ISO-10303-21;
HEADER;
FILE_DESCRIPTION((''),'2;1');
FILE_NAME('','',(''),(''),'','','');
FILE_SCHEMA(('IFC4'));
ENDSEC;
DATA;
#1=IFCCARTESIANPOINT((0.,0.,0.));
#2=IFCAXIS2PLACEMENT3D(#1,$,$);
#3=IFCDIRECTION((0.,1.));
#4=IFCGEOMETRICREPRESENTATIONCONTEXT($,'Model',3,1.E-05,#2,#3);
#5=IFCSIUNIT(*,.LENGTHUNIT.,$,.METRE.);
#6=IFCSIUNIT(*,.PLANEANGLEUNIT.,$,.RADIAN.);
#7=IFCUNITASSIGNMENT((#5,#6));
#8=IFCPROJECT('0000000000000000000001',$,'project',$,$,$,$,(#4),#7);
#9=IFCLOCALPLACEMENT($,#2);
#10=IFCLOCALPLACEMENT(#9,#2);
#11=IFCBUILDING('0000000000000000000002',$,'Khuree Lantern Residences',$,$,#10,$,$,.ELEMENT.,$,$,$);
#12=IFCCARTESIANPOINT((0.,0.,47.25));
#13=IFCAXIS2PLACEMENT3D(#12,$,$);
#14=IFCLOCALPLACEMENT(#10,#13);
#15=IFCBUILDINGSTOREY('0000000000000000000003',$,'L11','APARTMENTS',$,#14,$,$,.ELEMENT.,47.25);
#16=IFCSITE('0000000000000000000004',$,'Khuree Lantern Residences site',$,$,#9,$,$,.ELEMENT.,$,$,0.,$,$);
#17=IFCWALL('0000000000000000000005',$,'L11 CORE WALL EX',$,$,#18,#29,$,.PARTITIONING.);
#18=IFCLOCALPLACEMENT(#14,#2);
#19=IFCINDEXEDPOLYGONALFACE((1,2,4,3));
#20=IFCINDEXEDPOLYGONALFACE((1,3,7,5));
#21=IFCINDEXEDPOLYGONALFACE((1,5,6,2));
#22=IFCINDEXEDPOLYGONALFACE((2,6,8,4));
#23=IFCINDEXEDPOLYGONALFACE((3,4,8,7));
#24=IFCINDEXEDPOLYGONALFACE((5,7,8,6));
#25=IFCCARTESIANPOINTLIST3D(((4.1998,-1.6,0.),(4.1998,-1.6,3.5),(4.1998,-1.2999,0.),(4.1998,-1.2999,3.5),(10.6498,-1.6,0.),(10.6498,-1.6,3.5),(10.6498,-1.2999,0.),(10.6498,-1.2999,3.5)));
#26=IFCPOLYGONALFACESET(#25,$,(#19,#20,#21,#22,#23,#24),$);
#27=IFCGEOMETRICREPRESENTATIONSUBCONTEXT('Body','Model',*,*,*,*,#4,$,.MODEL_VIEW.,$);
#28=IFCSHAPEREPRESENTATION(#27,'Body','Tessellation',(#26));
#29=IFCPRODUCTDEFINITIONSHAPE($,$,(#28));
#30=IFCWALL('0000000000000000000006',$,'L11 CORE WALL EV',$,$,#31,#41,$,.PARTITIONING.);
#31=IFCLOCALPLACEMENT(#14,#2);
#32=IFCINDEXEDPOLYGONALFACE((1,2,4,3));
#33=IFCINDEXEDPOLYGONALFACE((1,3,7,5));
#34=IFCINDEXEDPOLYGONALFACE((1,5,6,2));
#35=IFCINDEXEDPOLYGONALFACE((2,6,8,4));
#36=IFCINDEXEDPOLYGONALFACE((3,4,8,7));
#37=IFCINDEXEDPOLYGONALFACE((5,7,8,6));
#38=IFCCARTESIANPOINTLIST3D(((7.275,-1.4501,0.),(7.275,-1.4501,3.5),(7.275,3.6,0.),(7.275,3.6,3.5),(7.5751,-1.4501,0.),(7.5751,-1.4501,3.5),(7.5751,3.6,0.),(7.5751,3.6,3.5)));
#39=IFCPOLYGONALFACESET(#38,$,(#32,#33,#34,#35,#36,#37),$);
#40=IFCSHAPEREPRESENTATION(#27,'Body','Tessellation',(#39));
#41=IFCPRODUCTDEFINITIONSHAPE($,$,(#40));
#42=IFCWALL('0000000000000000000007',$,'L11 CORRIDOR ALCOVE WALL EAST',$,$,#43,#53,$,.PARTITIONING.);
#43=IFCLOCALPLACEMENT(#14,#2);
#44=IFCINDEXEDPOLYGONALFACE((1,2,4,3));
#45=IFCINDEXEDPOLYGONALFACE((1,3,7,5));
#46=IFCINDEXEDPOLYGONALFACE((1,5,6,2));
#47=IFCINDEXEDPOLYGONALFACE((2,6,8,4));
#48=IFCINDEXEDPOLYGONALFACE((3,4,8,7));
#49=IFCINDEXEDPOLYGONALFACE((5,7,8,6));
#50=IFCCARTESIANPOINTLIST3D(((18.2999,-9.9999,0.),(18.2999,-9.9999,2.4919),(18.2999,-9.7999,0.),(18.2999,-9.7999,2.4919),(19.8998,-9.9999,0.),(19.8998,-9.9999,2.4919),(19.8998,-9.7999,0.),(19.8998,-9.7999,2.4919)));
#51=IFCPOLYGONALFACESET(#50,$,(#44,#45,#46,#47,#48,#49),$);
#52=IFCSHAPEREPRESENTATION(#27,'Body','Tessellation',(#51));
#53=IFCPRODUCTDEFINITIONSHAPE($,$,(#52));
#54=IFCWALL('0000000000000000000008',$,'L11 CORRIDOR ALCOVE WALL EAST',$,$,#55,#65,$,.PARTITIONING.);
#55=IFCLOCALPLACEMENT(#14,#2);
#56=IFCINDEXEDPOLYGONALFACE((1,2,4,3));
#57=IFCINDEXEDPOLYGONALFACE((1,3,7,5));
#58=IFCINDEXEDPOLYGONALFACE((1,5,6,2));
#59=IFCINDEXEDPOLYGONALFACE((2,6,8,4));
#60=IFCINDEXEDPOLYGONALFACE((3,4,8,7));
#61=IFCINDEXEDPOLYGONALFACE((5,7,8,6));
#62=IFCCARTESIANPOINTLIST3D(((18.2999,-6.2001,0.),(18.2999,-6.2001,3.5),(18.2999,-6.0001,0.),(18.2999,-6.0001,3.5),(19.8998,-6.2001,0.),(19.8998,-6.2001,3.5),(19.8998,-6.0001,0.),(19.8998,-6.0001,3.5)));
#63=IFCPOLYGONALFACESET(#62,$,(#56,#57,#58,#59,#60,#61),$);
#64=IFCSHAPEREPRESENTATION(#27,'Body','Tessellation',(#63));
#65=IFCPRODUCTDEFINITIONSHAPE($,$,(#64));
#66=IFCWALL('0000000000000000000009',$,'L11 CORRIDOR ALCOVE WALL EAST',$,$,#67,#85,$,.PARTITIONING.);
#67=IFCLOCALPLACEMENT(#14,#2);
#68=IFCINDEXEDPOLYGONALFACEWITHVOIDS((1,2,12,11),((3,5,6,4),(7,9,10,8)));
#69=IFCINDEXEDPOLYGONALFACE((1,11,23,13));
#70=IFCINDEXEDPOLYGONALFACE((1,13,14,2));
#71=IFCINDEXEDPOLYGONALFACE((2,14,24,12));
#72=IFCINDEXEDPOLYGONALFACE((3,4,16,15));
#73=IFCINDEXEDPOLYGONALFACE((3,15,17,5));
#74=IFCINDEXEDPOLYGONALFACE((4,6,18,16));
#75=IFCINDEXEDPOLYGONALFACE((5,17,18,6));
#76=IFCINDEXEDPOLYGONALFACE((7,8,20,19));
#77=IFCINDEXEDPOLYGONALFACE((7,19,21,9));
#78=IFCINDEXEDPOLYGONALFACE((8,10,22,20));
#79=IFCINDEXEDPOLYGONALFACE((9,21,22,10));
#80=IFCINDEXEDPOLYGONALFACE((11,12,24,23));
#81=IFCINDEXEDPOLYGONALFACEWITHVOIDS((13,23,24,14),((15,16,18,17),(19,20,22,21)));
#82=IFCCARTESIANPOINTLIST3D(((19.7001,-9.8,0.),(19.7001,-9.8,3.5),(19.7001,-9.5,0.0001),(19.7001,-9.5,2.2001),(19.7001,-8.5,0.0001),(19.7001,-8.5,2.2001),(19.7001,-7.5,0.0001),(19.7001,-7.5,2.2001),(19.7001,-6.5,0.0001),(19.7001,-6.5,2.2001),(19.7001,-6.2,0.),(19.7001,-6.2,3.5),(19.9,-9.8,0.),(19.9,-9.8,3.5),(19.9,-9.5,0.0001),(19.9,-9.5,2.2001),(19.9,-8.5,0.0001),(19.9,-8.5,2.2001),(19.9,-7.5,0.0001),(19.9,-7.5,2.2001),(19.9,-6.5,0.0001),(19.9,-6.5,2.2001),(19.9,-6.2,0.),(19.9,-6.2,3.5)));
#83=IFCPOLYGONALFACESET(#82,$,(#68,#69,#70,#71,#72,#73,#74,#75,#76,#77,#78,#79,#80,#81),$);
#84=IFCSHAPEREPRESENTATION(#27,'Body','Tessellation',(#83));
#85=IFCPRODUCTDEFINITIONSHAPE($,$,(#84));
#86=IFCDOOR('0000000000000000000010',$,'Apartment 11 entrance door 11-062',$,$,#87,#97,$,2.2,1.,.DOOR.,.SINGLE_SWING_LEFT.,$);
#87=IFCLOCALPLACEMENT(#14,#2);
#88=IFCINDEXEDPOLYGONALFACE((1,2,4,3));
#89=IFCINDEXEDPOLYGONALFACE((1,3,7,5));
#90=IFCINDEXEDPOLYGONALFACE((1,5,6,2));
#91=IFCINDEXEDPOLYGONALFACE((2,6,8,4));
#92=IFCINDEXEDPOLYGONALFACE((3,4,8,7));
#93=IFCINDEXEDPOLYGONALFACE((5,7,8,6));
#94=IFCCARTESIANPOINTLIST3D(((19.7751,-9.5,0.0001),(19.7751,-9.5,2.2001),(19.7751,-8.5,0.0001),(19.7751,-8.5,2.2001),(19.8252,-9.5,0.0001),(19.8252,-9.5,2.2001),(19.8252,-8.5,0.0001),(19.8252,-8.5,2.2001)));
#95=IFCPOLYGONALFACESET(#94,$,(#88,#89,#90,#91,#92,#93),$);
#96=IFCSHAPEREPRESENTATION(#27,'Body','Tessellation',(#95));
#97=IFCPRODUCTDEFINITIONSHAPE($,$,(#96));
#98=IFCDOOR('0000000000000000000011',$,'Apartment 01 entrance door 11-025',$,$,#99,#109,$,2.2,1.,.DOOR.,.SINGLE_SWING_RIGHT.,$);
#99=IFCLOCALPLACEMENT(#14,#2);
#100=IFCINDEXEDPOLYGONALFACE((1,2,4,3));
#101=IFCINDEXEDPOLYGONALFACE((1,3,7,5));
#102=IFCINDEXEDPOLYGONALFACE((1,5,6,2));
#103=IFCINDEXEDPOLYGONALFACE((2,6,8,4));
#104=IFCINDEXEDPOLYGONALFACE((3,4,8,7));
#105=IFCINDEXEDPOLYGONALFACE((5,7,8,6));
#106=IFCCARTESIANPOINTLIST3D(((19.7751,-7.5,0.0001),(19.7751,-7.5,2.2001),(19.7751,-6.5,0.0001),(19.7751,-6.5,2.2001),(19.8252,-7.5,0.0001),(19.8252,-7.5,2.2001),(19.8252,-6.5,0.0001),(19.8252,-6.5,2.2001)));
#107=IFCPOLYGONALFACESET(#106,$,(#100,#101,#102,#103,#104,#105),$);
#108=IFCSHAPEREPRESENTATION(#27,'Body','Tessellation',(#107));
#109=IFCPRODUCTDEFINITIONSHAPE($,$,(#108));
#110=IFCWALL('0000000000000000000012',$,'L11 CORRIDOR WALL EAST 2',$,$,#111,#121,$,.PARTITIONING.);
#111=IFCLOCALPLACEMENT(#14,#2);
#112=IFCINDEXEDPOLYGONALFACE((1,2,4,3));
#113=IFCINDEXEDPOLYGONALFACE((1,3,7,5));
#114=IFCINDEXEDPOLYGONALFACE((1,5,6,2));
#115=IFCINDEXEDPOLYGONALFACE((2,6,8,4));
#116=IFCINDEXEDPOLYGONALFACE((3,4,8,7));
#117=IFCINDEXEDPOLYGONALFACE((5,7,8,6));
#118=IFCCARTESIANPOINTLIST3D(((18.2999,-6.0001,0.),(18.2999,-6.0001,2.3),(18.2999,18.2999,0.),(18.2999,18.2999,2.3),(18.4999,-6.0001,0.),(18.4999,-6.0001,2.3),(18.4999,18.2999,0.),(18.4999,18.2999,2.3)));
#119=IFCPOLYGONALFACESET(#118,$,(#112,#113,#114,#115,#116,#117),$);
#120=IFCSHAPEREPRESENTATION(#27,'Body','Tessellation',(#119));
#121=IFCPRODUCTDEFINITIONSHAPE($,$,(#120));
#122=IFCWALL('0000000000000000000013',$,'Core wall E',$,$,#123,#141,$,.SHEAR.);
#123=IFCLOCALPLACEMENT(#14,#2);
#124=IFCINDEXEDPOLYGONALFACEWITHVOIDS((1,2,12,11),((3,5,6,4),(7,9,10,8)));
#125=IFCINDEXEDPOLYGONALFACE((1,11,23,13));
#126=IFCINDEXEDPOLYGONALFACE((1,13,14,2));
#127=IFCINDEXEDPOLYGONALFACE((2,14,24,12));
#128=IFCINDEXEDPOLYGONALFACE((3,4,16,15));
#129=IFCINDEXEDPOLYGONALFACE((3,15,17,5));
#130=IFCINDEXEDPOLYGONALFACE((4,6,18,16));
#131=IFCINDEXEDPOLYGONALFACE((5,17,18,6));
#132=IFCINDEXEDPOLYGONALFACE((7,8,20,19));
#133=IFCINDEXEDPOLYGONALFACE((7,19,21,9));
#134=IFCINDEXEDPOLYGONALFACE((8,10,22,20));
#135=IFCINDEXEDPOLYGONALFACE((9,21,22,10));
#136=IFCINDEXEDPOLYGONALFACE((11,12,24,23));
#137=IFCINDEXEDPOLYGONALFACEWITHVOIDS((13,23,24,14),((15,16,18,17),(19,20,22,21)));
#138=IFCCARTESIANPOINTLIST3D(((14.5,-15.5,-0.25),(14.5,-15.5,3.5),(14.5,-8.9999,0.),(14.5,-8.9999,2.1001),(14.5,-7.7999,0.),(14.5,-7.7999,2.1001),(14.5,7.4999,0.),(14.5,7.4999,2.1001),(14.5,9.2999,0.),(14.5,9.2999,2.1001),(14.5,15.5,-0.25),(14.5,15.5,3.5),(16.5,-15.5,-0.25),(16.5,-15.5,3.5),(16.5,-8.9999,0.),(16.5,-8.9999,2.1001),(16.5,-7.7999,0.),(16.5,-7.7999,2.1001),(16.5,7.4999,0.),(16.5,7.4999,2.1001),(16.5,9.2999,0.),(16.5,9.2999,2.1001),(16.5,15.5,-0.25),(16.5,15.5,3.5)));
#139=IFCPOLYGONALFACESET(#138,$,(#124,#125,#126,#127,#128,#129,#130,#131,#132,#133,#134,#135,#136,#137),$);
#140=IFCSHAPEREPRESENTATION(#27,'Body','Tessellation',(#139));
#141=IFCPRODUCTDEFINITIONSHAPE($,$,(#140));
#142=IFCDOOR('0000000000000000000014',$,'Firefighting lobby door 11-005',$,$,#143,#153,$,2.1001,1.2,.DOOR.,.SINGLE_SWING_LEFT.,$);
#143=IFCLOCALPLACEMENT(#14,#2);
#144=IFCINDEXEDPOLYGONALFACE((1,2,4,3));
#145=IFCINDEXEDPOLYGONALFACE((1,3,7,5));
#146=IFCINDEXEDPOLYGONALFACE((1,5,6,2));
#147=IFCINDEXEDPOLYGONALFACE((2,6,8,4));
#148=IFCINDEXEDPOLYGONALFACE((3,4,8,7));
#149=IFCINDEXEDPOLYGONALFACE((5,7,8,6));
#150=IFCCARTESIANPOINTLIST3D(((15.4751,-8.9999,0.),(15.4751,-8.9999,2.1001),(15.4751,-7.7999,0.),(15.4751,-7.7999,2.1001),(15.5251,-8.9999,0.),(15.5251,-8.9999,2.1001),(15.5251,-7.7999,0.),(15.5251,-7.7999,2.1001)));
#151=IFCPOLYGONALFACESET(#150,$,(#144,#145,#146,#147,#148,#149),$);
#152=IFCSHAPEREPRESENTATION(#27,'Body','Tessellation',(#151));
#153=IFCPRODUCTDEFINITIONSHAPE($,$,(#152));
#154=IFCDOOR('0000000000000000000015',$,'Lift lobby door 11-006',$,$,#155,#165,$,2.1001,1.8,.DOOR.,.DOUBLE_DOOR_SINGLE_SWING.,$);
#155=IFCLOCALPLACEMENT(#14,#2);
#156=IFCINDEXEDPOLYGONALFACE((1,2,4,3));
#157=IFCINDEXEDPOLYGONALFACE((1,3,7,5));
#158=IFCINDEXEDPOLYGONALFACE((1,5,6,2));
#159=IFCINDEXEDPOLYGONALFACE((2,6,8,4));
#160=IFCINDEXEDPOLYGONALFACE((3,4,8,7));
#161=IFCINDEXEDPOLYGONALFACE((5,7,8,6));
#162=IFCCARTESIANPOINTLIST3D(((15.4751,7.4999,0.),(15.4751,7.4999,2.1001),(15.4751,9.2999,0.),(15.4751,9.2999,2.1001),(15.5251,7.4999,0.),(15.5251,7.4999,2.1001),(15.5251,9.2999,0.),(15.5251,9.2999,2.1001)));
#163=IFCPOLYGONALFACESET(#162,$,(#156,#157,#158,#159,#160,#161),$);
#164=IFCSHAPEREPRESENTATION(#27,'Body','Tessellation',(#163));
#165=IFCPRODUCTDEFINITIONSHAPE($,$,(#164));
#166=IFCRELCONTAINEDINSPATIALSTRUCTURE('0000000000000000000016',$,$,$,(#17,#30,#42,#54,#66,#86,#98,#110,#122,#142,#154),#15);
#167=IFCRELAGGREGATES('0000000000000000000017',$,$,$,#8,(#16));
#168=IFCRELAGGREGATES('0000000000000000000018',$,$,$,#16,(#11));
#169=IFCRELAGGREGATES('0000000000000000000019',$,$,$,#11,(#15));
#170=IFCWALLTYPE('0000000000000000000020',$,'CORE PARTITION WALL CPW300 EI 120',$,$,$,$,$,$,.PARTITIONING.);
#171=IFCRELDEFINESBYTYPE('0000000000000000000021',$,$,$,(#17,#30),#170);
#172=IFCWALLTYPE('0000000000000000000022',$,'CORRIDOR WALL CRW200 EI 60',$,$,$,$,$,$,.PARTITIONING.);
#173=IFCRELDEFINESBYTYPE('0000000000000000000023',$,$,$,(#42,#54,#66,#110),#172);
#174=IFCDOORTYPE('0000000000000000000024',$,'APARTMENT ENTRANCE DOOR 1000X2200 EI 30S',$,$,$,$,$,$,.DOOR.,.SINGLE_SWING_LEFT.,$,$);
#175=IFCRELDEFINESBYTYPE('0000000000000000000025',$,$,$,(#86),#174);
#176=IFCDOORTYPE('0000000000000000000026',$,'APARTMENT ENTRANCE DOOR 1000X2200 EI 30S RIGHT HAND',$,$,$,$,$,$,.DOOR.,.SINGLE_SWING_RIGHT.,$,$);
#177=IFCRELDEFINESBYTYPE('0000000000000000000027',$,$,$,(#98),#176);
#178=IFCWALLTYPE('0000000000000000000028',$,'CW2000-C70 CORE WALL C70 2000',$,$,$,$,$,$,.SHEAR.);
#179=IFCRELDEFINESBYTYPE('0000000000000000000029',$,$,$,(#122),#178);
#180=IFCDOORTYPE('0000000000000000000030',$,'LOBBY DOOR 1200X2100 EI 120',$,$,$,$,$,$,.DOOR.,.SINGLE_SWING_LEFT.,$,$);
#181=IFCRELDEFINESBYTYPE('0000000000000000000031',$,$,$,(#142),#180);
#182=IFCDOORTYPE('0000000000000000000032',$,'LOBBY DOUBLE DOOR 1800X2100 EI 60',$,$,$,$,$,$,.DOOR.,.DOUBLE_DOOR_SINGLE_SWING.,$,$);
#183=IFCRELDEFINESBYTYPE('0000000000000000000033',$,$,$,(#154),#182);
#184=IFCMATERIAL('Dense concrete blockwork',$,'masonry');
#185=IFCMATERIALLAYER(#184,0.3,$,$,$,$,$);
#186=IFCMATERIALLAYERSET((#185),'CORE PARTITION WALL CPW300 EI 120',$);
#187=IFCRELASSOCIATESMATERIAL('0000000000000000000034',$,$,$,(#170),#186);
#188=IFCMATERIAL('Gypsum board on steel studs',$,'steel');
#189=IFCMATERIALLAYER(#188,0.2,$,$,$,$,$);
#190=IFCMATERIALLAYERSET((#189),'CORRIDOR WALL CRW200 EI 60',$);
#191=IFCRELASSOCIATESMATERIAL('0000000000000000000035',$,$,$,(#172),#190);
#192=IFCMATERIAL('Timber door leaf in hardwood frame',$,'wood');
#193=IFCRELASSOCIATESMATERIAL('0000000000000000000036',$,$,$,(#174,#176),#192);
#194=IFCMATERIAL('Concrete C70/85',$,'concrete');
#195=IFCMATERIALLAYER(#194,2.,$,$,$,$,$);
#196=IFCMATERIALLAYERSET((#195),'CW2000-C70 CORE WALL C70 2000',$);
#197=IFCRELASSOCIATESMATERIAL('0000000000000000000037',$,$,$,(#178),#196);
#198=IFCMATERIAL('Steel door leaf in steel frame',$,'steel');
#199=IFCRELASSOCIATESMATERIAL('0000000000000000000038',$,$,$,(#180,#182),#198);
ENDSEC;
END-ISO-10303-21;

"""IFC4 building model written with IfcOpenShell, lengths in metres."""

from ifc_helpers import new_model, si_unit, direction, frame, frame_2d, origin, place, context, subcontext, project, spatial, rectangle, extrude, material, layer, layer_set, type_object, element, fill, save


model = new_model("IFC4")

# Units and contexts
model_context = context("Model", 3, precision=1e-05, world=origin(), true_north=direction((0.0, 1.0)))
body_context = subcontext(model_context, "Body", "Model", "MODEL_VIEW")
ifc_project = project(units=[si_unit("LENGTHUNIT", "METRE"), si_unit("PLANEANGLEUNIT", "RADIAN")], contexts=[model_context])

# Site, building, storey
site_placement = place(None, origin())
site = spatial("IfcSite", under=ifc_project, at=site_placement, Name="Khuree Lantern Residences site", CompositionType="ELEMENT", RefElevation=0.0)
building_placement = place(site_placement, origin())
building = spatial("IfcBuilding", under=site, at=building_placement, Name="Khuree Lantern Residences", CompositionType="ELEMENT")
storey_placement = place(building_placement, frame((0.0, 0.0, 47.25)))
storey = spatial("IfcBuildingStorey", under=building, at=storey_placement, Name="L11", Description="APARTMENTS", CompositionType="ELEMENT", Elevation=47.25)

# Shared definitions
ifc_material_1 = material(Name="Dense concrete blockwork", Category="masonry")
ifc_layer_1 = layer(ifc_material_1, 0.3)
ifc_layer_set_1 = layer_set([ifc_layer_1], Name="CORE PARTITION WALL CPW300 EI 120")
wall_type_1 = type_object("IfcWallType", Name="CORE PARTITION WALL CPW300 EI 120", PredefinedType="PARTITIONING", material=ifc_layer_set_1)

# Shared definitions
ifc_material_2 = material(Name="Timber door leaf in hardwood frame", Category="wood")

# Walls
wall_1_placement = place(storey_placement, frame((10.6499, -1.45, 0.0), z_axis=(0.0, 0.0, 1.0), x_axis=(-1.0, 0.0, 0.0)))
element("IfcWall", 1, at=wall_1_placement, inside=storey, type_object=wall_type_1, Name="L11 CORE WALL EX", PredefinedType="PARTITIONING", context=body_context, shape_type="SweptSolid", body=[
    extrude(rectangle(XDim=6.45, YDim=0.3, at=frame_2d((3.2251, 0.0))), origin(), (0.0, 0.0, 1.0), 3.5),
])
wall_2_placement = place(storey_placement, frame((7.425, -1.45, 0.0), z_axis=(0.0, 0.0, 1.0), x_axis=(0.0, 1.0, 0.0)))
element("IfcWall", 2, at=wall_2_placement, inside=storey, type_object=wall_type_1, Name="L11 CORE WALL EV", PredefinedType="PARTITIONING", context=body_context, shape_type="SweptSolid", body=[
    extrude(rectangle(XDim=5.05, YDim=0.3, at=frame_2d((2.5249, 0.0))), origin(), (0.0, 0.0, 1.0), 3.5),
])
ifc_material_3 = material(Name="Gypsum board on steel studs", Category="steel")
ifc_layer_2 = layer(ifc_material_3, 0.2)
ifc_layer_set_2 = layer_set([ifc_layer_2], Name="CORRIDOR WALL CRW200 EI 60")
wall_type_2 = type_object("IfcWallType", Name="CORRIDOR WALL CRW200 EI 60", PredefinedType="PARTITIONING", material=ifc_layer_set_2)
wall_3_placement = place(storey_placement, frame((18.3, -9.8999, 0.0), z_axis=(0.0, 0.0, 1.0), x_axis=(1.0, 0.0, 0.0)))
element("IfcWall", 3, at=wall_3_placement, inside=storey, type_object=wall_type_2, Name="L11 CORRIDOR ALCOVE WALL EAST", PredefinedType="PARTITIONING", context=body_context, shape_type="SweptSolid", body=[
    extrude(rectangle(XDim=1.5999, YDim=0.2, at=frame_2d((0.7998, 0.0))), origin(), (0.0, 0.0, 1.0), 2.4919),
])
wall_4_placement = place(storey_placement, frame((18.3, -6.1001, 0.0), z_axis=(0.0, 0.0, 1.0), x_axis=(1.0, 0.0, 0.0)))
element("IfcWall", 4, at=wall_4_placement, inside=storey, type_object=wall_type_2, Name="L11 CORRIDOR ALCOVE WALL EAST", PredefinedType="PARTITIONING", context=body_context, shape_type="SweptSolid", body=[
    extrude(rectangle(XDim=1.5999, YDim=0.2, at=frame_2d((0.7998, 0.0))), origin(), (0.0, 0.0, 1.0), 3.5),
])

# Wall, openings, doors
wall_5_placement = place(storey_placement, frame((19.8, -9.8, 0.0), z_axis=(0.0, 0.0, 1.0), x_axis=(0.0, 1.0, 0.0)))
wall_5 = element("IfcWall", 5, at=wall_5_placement, inside=storey, type_object=wall_type_2, Name="L11 CORRIDOR ALCOVE WALL EAST", PredefinedType="PARTITIONING", context=body_context, shape_type="SweptSolid", body=[
    extrude(rectangle(XDim=3.6001, YDim=0.2, at=frame_2d((1.8, 0.0))), origin(), (0.0, 0.0, 1.0), 3.5),
])
opening_1_placement = place(wall_5_placement, frame((2.3, 0.0, 0.0)))
opening_1 = element("IfcOpeningElement", 6, at=opening_1_placement, cuts=wall_5, PredefinedType="OPENING", context=body_context, shape_type="SweptSolid", body=[
    extrude(rectangle(XDim=1.0, YDim=2.2, at=frame_2d((0.5, 1.1001))), frame((0.0, 0.1099, 0.0), z_axis=(0.0, -1.0, 0.0), x_axis=(1.0, 0.0, 0.0)), (0.0, 0.0, 1.0), 0.22),
])
opening_2_placement = place(wall_5_placement, frame((0.3, 0.0, 0.0)))
opening_2 = element("IfcOpeningElement", 7, at=opening_2_placement, cuts=wall_5, PredefinedType="OPENING", context=body_context, shape_type="SweptSolid", body=[
    extrude(rectangle(XDim=1.0, YDim=2.2, at=frame_2d((0.5, 1.1001))), frame((0.0, 0.1099, 0.0), z_axis=(0.0, -1.0, 0.0), x_axis=(1.0, 0.0, 0.0)), (0.0, 0.0, 1.0), 0.22),
])
door_type_1 = type_object("IfcDoorType", Name="APARTMENT ENTRANCE DOOR 1000X2200 EI 30S", OperationType="SINGLE_SWING_LEFT", PredefinedType="DOOR", material=ifc_material_2)
door_1_placement = place(opening_2_placement, origin())
door_1 = element("IfcDoor", 8, at=door_1_placement, inside=storey, type_object=door_type_1, Name="Apartment 11 entrance door 11-062", OperationType="SINGLE_SWING_LEFT", OverallHeight=2.2, OverallWidth=1.0, PredefinedType="DOOR", context=body_context, shape_type="SweptSolid", body=[
    extrude(rectangle(XDim=1.0, YDim=2.2, at=frame_2d((0.5, 1.1001))), frame((0.0, 0.0249, 0.0), z_axis=(0.0, -1.0, 0.0), x_axis=(1.0, 0.0, 0.0)), (0.0, 0.0, 1.0), 0.05),
])
fill(opening_2, door_1)
door_type_2 = type_object("IfcDoorType", Name="APARTMENT ENTRANCE DOOR 1000X2200 EI 30S RIGHT HAND", OperationType="SINGLE_SWING_RIGHT", PredefinedType="DOOR", material=ifc_material_2)
door_2_placement = place(opening_1_placement, origin())
door_2 = element("IfcDoor", 9, at=door_2_placement, inside=storey, type_object=door_type_2, Name="Apartment 01 entrance door 11-025", OperationType="SINGLE_SWING_RIGHT", OverallHeight=2.2, OverallWidth=1.0, PredefinedType="DOOR", context=body_context, shape_type="SweptSolid", body=[
    extrude(rectangle(XDim=1.0, YDim=2.2, at=frame_2d((0.5, 1.1001))), frame((0.0, 0.0249, 0.0), z_axis=(0.0, -1.0, 0.0), x_axis=(1.0, 0.0, 0.0)), (0.0, 0.0, 1.0), 0.05),
])
fill(opening_1, door_2)

# Wall
wall_6_placement = place(storey_placement, frame((18.3999, -6.0, 0.0), z_axis=(0.0, 0.0, 1.0), x_axis=(0.0, 1.0, 0.0)))
element("IfcWall", 10, at=wall_6_placement, inside=storey, type_object=wall_type_2, Name="L11 CORRIDOR WALL EAST 2", PredefinedType="PARTITIONING", context=body_context, shape_type="SweptSolid", body=[
    extrude(rectangle(XDim=24.3, YDim=0.2, at=frame_2d((12.1499, 0.0))), origin(), (0.0, 0.0, 1.0), 2.3),
])

# Wall, openings, doors
ifc_material_4 = material(Name="Concrete C70/85", Category="concrete")
ifc_layer_3 = layer(ifc_material_4, 2.0)
ifc_layer_set_3 = layer_set([ifc_layer_3], Name="CW2000-C70 CORE WALL C70 2000")
wall_type_3 = type_object("IfcWallType", Name="CW2000-C70 CORE WALL C70 2000", PredefinedType="SHEAR", material=ifc_layer_set_3)
wall_7_placement = place(storey_placement, frame((15.5, -15.5, -0.25), z_axis=(0.0, 0.0, 1.0), x_axis=(0.0, 1.0, 0.0)))
wall_7 = element("IfcWall", 11, at=wall_7_placement, inside=storey, type_object=wall_type_3, Name="Core wall E", PredefinedType="SHEAR", context=body_context, shape_type="SweptSolid", body=[
    extrude(rectangle(XDim=31.0, YDim=2.0, at=frame_2d((15.5, 0.0))), origin(), (0.0, 0.0, 1.0), 3.75),
])
opening_3_placement = place(wall_7_placement, frame((6.5, 0.0, 0.25)))
opening_3 = element("IfcOpeningElement", 12, at=opening_3_placement, cuts=wall_7, PredefinedType="OPENING", context=body_context, shape_type="SweptSolid", body=[
    extrude(rectangle(XDim=1.2, YDim=2.1001, at=frame_2d((0.6001, 1.05))), frame((0.0, 1.01, 0.0), z_axis=(0.0, -1.0, 0.0), x_axis=(1.0, 0.0, 0.0)), (0.0, 0.0, 1.0), 2.02),
])
opening_4_placement = place(wall_7_placement, frame((23.0, 0.0, 0.25)))
opening_4 = element("IfcOpeningElement", 13, at=opening_4_placement, cuts=wall_7, PredefinedType="OPENING", context=body_context, shape_type="SweptSolid", body=[
    extrude(rectangle(XDim=1.8, YDim=2.1001, at=frame_2d((0.8999, 1.05))), frame((0.0, 1.01, 0.0), z_axis=(0.0, -1.0, 0.0), x_axis=(1.0, 0.0, 0.0)), (0.0, 0.0, 1.0), 2.02),
])
ifc_material_5 = material(Name="Steel door leaf in steel frame", Category="steel")
door_type_3 = type_object("IfcDoorType", Name="LOBBY DOOR 1200X2100 EI 120", OperationType="SINGLE_SWING_LEFT", PredefinedType="DOOR", material=ifc_material_5)
door_3_placement = place(opening_3_placement, origin())
door_3 = element("IfcDoor", 14, at=door_3_placement, inside=storey, type_object=door_type_3, Name="Firefighting lobby door 11-005", OperationType="SINGLE_SWING_LEFT", OverallHeight=2.1001, OverallWidth=1.2, PredefinedType="DOOR", context=body_context, shape_type="SweptSolid", body=[
    extrude(rectangle(XDim=1.2, YDim=2.1001, at=frame_2d((0.6001, 1.05))), frame((0.0, 0.0249, 0.0), z_axis=(0.0, -1.0, 0.0), x_axis=(1.0, 0.0, 0.0)), (0.0, 0.0, 1.0), 0.05),
])
fill(opening_3, door_3)
door_type_4 = type_object("IfcDoorType", Name="LOBBY DOUBLE DOOR 1800X2100 EI 60", OperationType="DOUBLE_DOOR_SINGLE_SWING", PredefinedType="DOOR", material=ifc_material_5)
door_4_placement = place(opening_4_placement, origin())
door_4 = element("IfcDoor", 15, at=door_4_placement, inside=storey, type_object=door_type_4, Name="Lift lobby door 11-006", OperationType="DOUBLE_DOOR_SINGLE_SWING", OverallHeight=2.1001, OverallWidth=1.8, PredefinedType="DOOR", context=body_context, shape_type="SweptSolid", body=[
    extrude(rectangle(XDim=1.8, YDim=2.1001, at=frame_2d((0.8999, 1.05))), frame((0.0, 0.0249, 0.0), z_axis=(0.0, -1.0, 0.0), x_axis=(1.0, 0.0, 0.0)), (0.0, 0.0, 1.0), 0.05),
])
fill(opening_4, door_4)

save(model, "model.ifc")
